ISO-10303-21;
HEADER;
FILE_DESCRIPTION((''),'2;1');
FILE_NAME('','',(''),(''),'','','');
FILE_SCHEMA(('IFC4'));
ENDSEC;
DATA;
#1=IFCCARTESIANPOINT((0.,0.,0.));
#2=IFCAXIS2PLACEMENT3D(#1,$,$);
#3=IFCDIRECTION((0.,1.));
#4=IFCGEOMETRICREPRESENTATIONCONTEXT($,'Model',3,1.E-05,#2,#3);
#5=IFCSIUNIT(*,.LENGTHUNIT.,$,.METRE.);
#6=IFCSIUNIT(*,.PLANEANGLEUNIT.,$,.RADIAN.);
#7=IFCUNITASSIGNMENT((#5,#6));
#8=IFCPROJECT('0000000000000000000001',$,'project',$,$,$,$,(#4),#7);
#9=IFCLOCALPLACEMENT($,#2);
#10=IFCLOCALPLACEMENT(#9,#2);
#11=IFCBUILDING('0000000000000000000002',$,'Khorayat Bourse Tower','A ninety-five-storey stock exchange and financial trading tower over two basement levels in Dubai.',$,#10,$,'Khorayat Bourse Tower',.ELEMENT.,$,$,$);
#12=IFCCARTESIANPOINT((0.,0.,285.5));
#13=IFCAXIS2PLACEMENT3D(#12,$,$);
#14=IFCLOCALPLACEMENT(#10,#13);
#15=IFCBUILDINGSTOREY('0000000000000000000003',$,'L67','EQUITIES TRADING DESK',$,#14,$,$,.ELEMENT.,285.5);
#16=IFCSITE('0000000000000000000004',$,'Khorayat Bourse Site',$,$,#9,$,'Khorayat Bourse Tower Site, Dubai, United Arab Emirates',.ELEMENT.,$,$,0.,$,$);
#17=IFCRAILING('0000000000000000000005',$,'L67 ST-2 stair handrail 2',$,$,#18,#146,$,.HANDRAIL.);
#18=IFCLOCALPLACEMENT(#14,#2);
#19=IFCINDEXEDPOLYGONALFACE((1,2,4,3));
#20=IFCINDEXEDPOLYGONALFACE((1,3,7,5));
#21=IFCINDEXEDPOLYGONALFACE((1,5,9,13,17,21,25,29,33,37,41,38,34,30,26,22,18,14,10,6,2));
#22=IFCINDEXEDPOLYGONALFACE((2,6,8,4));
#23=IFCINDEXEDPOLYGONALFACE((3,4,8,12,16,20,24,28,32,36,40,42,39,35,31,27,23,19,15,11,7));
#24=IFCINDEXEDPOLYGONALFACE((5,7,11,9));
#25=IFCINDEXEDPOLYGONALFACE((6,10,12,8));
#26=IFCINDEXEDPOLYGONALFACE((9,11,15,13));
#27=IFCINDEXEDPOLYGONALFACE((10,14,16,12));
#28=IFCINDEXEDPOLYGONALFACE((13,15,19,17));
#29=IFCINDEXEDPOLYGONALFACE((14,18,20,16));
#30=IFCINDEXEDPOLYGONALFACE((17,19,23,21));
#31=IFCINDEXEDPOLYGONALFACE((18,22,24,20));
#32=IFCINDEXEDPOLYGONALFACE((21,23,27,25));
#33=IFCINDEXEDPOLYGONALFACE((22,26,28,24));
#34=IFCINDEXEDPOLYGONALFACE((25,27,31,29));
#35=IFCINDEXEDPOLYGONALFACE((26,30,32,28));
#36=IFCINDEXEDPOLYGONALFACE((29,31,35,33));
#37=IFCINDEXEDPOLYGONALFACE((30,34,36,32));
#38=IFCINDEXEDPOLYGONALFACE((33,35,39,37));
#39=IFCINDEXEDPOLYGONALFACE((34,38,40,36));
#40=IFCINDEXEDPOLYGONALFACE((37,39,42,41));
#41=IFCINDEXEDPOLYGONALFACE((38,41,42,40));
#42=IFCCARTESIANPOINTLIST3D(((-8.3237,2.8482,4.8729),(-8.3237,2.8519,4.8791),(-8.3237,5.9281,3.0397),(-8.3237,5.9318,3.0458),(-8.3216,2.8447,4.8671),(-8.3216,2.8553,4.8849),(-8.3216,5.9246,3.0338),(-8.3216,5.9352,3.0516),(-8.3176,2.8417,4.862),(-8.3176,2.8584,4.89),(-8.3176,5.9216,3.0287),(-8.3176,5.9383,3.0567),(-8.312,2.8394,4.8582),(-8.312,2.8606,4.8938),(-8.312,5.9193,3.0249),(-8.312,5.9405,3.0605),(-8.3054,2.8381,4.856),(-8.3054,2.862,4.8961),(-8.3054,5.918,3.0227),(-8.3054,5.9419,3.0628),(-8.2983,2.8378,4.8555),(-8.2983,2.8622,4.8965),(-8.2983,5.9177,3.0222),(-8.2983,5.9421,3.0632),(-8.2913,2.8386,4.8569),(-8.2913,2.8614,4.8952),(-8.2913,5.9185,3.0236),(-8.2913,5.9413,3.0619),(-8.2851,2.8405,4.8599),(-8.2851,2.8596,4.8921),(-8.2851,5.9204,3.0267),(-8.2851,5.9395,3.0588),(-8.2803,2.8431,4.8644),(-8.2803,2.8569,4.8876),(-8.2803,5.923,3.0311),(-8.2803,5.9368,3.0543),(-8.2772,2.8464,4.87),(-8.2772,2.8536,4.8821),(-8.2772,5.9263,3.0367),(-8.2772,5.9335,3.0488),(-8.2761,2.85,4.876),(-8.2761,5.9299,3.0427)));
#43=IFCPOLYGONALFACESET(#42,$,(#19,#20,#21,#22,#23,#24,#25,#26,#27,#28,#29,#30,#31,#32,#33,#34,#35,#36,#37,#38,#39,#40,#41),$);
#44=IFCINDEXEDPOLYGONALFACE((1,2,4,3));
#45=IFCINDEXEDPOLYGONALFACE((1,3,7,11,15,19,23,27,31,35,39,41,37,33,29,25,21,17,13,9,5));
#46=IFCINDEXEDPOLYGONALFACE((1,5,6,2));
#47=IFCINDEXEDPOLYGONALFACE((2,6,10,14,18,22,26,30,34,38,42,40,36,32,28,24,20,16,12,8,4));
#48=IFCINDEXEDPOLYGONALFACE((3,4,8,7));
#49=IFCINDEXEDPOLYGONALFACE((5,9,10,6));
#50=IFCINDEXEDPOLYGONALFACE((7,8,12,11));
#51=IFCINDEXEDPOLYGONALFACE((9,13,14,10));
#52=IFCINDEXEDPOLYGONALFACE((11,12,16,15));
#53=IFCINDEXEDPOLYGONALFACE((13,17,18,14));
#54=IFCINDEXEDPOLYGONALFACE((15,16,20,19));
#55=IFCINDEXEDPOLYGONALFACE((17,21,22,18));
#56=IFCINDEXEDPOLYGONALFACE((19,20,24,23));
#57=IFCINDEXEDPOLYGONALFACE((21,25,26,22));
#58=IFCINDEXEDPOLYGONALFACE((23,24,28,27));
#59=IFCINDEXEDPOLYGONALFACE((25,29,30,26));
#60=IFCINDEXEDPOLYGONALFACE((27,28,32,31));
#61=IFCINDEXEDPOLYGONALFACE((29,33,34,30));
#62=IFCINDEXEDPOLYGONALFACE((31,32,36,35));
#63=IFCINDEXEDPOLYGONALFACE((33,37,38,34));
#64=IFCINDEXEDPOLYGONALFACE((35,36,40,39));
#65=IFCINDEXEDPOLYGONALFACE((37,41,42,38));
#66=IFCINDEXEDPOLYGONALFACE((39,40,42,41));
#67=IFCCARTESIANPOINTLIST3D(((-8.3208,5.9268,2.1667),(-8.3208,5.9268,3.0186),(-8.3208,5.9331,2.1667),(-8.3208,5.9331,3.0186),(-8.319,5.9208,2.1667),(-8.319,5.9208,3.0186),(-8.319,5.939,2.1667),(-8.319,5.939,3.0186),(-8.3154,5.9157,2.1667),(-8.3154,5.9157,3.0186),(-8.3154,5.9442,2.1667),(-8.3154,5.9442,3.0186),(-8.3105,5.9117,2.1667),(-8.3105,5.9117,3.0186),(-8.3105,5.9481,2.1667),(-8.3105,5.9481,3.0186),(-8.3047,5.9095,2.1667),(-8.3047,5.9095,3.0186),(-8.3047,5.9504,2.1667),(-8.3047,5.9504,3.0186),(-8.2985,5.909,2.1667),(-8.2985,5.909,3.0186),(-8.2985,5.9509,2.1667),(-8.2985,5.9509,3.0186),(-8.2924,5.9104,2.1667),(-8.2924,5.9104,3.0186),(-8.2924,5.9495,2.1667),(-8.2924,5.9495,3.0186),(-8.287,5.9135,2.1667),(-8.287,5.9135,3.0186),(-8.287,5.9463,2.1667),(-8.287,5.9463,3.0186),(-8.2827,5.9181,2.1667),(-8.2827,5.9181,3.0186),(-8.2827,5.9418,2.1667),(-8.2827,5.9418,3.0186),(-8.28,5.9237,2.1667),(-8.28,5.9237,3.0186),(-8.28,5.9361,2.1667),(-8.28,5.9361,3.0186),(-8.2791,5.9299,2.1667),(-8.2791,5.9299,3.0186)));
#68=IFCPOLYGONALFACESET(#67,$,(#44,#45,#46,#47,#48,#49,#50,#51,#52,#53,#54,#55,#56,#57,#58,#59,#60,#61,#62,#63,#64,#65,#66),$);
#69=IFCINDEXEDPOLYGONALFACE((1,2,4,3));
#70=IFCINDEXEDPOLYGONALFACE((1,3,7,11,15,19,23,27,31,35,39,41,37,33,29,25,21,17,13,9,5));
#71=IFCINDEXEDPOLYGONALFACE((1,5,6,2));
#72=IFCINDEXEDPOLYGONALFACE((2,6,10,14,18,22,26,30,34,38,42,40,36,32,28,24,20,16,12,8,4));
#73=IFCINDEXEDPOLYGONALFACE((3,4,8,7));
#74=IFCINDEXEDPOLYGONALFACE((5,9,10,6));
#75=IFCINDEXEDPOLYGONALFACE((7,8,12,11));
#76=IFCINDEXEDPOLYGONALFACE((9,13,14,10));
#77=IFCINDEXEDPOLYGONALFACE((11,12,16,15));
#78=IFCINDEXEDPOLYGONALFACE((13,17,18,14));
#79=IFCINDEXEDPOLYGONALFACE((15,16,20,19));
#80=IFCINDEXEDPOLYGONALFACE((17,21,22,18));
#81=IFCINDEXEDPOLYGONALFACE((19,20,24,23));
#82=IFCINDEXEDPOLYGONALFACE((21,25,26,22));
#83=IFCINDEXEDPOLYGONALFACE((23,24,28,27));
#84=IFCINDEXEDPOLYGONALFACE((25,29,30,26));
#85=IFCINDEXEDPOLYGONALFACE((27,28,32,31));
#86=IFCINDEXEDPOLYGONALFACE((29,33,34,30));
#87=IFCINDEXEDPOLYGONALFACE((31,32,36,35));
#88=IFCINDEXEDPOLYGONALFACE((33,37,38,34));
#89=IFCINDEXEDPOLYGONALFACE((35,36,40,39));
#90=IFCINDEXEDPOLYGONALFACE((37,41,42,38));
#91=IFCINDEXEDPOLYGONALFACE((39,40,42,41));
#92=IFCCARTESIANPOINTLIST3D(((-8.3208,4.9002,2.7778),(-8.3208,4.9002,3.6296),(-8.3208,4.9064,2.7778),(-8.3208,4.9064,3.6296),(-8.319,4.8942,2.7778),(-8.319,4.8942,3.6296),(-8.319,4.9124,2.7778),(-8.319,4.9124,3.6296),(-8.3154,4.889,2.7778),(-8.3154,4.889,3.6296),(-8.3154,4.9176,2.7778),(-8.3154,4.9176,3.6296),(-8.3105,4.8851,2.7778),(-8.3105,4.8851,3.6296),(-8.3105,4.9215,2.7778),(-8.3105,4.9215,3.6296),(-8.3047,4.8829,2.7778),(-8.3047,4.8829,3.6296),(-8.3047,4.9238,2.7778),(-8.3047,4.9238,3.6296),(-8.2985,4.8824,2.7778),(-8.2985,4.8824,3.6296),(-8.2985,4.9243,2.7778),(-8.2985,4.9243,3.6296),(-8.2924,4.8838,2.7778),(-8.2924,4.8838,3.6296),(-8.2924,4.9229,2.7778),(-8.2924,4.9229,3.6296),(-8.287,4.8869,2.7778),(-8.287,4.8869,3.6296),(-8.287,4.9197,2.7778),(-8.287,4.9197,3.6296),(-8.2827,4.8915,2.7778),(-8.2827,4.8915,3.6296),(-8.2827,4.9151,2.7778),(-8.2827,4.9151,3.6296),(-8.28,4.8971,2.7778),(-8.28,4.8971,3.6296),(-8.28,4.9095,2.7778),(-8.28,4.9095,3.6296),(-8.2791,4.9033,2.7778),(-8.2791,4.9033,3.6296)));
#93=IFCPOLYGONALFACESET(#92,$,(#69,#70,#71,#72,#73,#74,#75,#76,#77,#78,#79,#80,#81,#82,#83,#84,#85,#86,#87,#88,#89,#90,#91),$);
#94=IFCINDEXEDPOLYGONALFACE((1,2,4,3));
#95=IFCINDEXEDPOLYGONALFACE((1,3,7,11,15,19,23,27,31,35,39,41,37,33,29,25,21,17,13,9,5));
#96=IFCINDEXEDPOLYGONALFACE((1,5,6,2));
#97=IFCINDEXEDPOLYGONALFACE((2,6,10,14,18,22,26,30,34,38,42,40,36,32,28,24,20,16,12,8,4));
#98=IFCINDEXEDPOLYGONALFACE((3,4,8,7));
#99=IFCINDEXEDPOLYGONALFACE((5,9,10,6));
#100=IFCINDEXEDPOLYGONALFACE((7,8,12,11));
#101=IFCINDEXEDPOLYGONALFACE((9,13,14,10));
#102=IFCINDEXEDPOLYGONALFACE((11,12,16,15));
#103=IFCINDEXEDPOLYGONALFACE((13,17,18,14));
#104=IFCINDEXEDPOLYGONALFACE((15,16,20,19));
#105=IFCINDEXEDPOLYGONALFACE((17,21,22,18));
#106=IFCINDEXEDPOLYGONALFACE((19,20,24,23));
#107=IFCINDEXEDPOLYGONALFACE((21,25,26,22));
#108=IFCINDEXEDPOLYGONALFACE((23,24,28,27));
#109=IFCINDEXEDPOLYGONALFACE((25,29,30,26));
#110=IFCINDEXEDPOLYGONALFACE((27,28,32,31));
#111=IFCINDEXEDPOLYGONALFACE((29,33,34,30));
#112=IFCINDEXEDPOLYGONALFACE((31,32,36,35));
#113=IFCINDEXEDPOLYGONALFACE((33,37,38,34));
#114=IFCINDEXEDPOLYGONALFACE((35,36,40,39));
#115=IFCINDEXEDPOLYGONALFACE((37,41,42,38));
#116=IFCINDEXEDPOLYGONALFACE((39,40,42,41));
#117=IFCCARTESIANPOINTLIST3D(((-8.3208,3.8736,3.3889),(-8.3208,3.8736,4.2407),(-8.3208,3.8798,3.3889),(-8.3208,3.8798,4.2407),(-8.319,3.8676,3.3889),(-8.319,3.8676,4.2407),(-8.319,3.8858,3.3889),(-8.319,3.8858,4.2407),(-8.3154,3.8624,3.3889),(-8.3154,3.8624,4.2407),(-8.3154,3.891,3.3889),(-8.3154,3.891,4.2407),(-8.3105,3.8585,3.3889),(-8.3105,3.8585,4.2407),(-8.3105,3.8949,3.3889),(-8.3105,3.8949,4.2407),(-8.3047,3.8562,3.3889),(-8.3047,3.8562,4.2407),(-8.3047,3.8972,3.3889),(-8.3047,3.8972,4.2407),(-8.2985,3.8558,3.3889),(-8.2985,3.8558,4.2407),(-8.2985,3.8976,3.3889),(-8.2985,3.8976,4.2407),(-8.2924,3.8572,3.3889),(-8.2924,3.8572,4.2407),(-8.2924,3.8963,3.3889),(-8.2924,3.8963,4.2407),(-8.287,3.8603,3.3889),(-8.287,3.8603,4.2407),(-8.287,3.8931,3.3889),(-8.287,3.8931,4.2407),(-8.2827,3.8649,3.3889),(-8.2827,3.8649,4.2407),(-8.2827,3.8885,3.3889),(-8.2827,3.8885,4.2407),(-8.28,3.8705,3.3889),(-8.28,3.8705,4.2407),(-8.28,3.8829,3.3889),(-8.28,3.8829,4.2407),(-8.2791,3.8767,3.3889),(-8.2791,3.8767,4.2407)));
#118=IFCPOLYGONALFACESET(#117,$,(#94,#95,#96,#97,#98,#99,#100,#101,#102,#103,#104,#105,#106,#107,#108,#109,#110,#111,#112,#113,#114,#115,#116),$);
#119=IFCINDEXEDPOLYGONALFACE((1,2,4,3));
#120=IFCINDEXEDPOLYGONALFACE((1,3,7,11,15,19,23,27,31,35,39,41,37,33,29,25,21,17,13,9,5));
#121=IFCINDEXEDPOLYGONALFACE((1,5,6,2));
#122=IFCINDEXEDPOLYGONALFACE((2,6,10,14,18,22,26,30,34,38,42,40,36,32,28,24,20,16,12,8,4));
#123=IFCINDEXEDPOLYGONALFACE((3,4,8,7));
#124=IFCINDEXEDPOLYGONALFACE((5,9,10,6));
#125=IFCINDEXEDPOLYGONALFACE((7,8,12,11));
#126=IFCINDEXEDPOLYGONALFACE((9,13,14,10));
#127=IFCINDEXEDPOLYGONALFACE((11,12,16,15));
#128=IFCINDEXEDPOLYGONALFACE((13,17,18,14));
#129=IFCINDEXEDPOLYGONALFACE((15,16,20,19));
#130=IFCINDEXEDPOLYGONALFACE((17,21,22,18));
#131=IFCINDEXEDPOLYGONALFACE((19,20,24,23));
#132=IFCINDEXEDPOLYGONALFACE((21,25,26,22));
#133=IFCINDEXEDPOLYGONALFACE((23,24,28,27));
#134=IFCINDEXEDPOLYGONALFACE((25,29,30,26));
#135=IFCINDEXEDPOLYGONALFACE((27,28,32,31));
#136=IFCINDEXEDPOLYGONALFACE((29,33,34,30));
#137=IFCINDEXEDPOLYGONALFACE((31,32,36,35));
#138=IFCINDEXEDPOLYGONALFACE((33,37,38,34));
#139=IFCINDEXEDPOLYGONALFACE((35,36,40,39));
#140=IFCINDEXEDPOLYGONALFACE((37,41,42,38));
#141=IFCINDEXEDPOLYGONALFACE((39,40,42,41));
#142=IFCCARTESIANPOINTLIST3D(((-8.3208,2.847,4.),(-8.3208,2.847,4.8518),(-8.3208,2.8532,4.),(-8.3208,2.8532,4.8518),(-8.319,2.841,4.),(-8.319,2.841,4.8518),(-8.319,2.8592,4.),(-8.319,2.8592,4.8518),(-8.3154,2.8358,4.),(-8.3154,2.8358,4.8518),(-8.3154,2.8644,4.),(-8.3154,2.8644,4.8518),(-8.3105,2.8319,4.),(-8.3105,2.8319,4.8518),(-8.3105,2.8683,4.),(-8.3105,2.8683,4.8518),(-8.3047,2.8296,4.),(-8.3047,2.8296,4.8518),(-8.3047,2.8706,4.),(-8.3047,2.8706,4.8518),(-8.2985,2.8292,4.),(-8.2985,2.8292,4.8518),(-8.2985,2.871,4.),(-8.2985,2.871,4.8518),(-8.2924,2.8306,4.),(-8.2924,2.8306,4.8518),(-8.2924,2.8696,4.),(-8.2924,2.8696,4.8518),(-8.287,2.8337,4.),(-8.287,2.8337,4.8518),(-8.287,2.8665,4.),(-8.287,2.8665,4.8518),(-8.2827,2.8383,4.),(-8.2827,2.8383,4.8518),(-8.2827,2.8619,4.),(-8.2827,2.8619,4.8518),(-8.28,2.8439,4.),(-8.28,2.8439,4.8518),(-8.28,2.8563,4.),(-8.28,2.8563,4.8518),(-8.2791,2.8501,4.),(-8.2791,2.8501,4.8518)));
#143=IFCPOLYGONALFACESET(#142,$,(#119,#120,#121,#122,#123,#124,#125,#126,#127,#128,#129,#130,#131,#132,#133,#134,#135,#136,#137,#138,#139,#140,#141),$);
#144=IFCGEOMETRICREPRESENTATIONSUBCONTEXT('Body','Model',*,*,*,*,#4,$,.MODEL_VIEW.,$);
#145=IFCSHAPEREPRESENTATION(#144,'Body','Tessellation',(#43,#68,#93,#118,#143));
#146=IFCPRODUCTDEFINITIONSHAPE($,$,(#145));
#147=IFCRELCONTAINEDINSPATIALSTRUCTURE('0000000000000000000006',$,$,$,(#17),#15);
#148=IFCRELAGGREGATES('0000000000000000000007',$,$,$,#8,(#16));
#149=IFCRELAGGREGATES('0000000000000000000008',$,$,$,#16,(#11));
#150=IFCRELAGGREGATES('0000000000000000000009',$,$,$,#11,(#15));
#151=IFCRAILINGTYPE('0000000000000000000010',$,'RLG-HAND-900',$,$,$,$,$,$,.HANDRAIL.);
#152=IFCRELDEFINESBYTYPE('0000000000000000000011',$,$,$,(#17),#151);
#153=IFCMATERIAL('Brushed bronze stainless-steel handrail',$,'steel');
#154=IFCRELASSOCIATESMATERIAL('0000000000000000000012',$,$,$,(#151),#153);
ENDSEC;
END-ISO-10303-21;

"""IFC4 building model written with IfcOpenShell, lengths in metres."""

from ifc_helpers import new_model, si_unit, direction, frame, origin, origin_2d, place, context, subcontext, project, spatial, circle, extrude, source, transform, mapped, material, type_object, element, save


model = new_model("IFC4")

# Units and contexts
model_context = context("Model", 3, precision=1e-05, world=origin(), true_north=direction((0.0, 1.0)))
body_context = subcontext(model_context, "Body", "Model", "MODEL_VIEW")
ifc_project = project(units=[si_unit("LENGTHUNIT", "METRE"), si_unit("PLANEANGLEUNIT", "RADIAN")], contexts=[model_context])

# Site, building, storey
site_placement = place(None, origin())
site = spatial("IfcSite", under=ifc_project, at=site_placement, Name="Khorayat Bourse Site", LongName="Khorayat Bourse Tower Site, Dubai, United Arab Emirates", CompositionType="ELEMENT", RefElevation=0.0)
building_placement = place(site_placement, origin())
building = spatial("IfcBuilding", under=site, at=building_placement, Name="Khorayat Bourse Tower", Description="A ninety-five-storey stock exchange and financial trading tower over two basement levels in Dubai.", LongName="Khorayat Bourse Tower", CompositionType="ELEMENT")
storey_placement = place(building_placement, frame((0.0, 0.0, 285.5)))
storey = spatial("IfcBuildingStorey", under=building, at=storey_placement, Name="L67", Description="EQUITIES TRADING DESK", CompositionType="ELEMENT", Elevation=285.5)

# Railing
ifc_material_1 = material(Name="Brushed bronze stainless-steel handrail", Category="steel")
railing_type_1 = type_object("IfcRailingType", Name="RLG-HAND-900", PredefinedType="HANDRAIL", material=ifc_material_1)
shared_shape_1 = source(origin(), body_context, "Body", "SweptSolid", [
    extrude(circle(Radius=0.0239, at=origin_2d()), frame((0.0, 0.0, 0.876), z_axis=(0.0, -0.859291, 0.511487), x_axis=(1.0, 0.0, 0.0)), (0.0, 0.0, 1.0), 3.5842),
    extrude(circle(Radius=0.021, at=origin_2d()), origin(), (0.0, 0.0, 1.0), 0.8518),
    extrude(circle(Radius=0.021, at=origin_2d()), frame((0.0, -1.0266, 0.6111)), (0.0, 0.0, 1.0), 0.8518),
    extrude(circle(Radius=0.021, at=origin_2d()), frame((0.0, -2.0532, 1.2222)), (0.0, 0.0, 1.0), 0.8518),
    extrude(circle(Radius=0.021, at=origin_2d()), frame((0.0, -3.0798, 1.8333)), (0.0, 0.0, 1.0), 0.8518),
])
railing_1_placement = place(storey_placement, frame((-8.3, 5.9299, 2.1667)))
element("IfcRailing", 1, at=railing_1_placement, inside=storey, type_object=railing_type_1, Name="L67 ST-2 stair handrail 2", PredefinedType="HANDRAIL", context=body_context, shape_type="MappedRepresentation", body=[
    mapped(shared_shape_1, transform((0.0, 0.0, 0.0), scale=1.0)),
])

save(model, "model.ifc")
